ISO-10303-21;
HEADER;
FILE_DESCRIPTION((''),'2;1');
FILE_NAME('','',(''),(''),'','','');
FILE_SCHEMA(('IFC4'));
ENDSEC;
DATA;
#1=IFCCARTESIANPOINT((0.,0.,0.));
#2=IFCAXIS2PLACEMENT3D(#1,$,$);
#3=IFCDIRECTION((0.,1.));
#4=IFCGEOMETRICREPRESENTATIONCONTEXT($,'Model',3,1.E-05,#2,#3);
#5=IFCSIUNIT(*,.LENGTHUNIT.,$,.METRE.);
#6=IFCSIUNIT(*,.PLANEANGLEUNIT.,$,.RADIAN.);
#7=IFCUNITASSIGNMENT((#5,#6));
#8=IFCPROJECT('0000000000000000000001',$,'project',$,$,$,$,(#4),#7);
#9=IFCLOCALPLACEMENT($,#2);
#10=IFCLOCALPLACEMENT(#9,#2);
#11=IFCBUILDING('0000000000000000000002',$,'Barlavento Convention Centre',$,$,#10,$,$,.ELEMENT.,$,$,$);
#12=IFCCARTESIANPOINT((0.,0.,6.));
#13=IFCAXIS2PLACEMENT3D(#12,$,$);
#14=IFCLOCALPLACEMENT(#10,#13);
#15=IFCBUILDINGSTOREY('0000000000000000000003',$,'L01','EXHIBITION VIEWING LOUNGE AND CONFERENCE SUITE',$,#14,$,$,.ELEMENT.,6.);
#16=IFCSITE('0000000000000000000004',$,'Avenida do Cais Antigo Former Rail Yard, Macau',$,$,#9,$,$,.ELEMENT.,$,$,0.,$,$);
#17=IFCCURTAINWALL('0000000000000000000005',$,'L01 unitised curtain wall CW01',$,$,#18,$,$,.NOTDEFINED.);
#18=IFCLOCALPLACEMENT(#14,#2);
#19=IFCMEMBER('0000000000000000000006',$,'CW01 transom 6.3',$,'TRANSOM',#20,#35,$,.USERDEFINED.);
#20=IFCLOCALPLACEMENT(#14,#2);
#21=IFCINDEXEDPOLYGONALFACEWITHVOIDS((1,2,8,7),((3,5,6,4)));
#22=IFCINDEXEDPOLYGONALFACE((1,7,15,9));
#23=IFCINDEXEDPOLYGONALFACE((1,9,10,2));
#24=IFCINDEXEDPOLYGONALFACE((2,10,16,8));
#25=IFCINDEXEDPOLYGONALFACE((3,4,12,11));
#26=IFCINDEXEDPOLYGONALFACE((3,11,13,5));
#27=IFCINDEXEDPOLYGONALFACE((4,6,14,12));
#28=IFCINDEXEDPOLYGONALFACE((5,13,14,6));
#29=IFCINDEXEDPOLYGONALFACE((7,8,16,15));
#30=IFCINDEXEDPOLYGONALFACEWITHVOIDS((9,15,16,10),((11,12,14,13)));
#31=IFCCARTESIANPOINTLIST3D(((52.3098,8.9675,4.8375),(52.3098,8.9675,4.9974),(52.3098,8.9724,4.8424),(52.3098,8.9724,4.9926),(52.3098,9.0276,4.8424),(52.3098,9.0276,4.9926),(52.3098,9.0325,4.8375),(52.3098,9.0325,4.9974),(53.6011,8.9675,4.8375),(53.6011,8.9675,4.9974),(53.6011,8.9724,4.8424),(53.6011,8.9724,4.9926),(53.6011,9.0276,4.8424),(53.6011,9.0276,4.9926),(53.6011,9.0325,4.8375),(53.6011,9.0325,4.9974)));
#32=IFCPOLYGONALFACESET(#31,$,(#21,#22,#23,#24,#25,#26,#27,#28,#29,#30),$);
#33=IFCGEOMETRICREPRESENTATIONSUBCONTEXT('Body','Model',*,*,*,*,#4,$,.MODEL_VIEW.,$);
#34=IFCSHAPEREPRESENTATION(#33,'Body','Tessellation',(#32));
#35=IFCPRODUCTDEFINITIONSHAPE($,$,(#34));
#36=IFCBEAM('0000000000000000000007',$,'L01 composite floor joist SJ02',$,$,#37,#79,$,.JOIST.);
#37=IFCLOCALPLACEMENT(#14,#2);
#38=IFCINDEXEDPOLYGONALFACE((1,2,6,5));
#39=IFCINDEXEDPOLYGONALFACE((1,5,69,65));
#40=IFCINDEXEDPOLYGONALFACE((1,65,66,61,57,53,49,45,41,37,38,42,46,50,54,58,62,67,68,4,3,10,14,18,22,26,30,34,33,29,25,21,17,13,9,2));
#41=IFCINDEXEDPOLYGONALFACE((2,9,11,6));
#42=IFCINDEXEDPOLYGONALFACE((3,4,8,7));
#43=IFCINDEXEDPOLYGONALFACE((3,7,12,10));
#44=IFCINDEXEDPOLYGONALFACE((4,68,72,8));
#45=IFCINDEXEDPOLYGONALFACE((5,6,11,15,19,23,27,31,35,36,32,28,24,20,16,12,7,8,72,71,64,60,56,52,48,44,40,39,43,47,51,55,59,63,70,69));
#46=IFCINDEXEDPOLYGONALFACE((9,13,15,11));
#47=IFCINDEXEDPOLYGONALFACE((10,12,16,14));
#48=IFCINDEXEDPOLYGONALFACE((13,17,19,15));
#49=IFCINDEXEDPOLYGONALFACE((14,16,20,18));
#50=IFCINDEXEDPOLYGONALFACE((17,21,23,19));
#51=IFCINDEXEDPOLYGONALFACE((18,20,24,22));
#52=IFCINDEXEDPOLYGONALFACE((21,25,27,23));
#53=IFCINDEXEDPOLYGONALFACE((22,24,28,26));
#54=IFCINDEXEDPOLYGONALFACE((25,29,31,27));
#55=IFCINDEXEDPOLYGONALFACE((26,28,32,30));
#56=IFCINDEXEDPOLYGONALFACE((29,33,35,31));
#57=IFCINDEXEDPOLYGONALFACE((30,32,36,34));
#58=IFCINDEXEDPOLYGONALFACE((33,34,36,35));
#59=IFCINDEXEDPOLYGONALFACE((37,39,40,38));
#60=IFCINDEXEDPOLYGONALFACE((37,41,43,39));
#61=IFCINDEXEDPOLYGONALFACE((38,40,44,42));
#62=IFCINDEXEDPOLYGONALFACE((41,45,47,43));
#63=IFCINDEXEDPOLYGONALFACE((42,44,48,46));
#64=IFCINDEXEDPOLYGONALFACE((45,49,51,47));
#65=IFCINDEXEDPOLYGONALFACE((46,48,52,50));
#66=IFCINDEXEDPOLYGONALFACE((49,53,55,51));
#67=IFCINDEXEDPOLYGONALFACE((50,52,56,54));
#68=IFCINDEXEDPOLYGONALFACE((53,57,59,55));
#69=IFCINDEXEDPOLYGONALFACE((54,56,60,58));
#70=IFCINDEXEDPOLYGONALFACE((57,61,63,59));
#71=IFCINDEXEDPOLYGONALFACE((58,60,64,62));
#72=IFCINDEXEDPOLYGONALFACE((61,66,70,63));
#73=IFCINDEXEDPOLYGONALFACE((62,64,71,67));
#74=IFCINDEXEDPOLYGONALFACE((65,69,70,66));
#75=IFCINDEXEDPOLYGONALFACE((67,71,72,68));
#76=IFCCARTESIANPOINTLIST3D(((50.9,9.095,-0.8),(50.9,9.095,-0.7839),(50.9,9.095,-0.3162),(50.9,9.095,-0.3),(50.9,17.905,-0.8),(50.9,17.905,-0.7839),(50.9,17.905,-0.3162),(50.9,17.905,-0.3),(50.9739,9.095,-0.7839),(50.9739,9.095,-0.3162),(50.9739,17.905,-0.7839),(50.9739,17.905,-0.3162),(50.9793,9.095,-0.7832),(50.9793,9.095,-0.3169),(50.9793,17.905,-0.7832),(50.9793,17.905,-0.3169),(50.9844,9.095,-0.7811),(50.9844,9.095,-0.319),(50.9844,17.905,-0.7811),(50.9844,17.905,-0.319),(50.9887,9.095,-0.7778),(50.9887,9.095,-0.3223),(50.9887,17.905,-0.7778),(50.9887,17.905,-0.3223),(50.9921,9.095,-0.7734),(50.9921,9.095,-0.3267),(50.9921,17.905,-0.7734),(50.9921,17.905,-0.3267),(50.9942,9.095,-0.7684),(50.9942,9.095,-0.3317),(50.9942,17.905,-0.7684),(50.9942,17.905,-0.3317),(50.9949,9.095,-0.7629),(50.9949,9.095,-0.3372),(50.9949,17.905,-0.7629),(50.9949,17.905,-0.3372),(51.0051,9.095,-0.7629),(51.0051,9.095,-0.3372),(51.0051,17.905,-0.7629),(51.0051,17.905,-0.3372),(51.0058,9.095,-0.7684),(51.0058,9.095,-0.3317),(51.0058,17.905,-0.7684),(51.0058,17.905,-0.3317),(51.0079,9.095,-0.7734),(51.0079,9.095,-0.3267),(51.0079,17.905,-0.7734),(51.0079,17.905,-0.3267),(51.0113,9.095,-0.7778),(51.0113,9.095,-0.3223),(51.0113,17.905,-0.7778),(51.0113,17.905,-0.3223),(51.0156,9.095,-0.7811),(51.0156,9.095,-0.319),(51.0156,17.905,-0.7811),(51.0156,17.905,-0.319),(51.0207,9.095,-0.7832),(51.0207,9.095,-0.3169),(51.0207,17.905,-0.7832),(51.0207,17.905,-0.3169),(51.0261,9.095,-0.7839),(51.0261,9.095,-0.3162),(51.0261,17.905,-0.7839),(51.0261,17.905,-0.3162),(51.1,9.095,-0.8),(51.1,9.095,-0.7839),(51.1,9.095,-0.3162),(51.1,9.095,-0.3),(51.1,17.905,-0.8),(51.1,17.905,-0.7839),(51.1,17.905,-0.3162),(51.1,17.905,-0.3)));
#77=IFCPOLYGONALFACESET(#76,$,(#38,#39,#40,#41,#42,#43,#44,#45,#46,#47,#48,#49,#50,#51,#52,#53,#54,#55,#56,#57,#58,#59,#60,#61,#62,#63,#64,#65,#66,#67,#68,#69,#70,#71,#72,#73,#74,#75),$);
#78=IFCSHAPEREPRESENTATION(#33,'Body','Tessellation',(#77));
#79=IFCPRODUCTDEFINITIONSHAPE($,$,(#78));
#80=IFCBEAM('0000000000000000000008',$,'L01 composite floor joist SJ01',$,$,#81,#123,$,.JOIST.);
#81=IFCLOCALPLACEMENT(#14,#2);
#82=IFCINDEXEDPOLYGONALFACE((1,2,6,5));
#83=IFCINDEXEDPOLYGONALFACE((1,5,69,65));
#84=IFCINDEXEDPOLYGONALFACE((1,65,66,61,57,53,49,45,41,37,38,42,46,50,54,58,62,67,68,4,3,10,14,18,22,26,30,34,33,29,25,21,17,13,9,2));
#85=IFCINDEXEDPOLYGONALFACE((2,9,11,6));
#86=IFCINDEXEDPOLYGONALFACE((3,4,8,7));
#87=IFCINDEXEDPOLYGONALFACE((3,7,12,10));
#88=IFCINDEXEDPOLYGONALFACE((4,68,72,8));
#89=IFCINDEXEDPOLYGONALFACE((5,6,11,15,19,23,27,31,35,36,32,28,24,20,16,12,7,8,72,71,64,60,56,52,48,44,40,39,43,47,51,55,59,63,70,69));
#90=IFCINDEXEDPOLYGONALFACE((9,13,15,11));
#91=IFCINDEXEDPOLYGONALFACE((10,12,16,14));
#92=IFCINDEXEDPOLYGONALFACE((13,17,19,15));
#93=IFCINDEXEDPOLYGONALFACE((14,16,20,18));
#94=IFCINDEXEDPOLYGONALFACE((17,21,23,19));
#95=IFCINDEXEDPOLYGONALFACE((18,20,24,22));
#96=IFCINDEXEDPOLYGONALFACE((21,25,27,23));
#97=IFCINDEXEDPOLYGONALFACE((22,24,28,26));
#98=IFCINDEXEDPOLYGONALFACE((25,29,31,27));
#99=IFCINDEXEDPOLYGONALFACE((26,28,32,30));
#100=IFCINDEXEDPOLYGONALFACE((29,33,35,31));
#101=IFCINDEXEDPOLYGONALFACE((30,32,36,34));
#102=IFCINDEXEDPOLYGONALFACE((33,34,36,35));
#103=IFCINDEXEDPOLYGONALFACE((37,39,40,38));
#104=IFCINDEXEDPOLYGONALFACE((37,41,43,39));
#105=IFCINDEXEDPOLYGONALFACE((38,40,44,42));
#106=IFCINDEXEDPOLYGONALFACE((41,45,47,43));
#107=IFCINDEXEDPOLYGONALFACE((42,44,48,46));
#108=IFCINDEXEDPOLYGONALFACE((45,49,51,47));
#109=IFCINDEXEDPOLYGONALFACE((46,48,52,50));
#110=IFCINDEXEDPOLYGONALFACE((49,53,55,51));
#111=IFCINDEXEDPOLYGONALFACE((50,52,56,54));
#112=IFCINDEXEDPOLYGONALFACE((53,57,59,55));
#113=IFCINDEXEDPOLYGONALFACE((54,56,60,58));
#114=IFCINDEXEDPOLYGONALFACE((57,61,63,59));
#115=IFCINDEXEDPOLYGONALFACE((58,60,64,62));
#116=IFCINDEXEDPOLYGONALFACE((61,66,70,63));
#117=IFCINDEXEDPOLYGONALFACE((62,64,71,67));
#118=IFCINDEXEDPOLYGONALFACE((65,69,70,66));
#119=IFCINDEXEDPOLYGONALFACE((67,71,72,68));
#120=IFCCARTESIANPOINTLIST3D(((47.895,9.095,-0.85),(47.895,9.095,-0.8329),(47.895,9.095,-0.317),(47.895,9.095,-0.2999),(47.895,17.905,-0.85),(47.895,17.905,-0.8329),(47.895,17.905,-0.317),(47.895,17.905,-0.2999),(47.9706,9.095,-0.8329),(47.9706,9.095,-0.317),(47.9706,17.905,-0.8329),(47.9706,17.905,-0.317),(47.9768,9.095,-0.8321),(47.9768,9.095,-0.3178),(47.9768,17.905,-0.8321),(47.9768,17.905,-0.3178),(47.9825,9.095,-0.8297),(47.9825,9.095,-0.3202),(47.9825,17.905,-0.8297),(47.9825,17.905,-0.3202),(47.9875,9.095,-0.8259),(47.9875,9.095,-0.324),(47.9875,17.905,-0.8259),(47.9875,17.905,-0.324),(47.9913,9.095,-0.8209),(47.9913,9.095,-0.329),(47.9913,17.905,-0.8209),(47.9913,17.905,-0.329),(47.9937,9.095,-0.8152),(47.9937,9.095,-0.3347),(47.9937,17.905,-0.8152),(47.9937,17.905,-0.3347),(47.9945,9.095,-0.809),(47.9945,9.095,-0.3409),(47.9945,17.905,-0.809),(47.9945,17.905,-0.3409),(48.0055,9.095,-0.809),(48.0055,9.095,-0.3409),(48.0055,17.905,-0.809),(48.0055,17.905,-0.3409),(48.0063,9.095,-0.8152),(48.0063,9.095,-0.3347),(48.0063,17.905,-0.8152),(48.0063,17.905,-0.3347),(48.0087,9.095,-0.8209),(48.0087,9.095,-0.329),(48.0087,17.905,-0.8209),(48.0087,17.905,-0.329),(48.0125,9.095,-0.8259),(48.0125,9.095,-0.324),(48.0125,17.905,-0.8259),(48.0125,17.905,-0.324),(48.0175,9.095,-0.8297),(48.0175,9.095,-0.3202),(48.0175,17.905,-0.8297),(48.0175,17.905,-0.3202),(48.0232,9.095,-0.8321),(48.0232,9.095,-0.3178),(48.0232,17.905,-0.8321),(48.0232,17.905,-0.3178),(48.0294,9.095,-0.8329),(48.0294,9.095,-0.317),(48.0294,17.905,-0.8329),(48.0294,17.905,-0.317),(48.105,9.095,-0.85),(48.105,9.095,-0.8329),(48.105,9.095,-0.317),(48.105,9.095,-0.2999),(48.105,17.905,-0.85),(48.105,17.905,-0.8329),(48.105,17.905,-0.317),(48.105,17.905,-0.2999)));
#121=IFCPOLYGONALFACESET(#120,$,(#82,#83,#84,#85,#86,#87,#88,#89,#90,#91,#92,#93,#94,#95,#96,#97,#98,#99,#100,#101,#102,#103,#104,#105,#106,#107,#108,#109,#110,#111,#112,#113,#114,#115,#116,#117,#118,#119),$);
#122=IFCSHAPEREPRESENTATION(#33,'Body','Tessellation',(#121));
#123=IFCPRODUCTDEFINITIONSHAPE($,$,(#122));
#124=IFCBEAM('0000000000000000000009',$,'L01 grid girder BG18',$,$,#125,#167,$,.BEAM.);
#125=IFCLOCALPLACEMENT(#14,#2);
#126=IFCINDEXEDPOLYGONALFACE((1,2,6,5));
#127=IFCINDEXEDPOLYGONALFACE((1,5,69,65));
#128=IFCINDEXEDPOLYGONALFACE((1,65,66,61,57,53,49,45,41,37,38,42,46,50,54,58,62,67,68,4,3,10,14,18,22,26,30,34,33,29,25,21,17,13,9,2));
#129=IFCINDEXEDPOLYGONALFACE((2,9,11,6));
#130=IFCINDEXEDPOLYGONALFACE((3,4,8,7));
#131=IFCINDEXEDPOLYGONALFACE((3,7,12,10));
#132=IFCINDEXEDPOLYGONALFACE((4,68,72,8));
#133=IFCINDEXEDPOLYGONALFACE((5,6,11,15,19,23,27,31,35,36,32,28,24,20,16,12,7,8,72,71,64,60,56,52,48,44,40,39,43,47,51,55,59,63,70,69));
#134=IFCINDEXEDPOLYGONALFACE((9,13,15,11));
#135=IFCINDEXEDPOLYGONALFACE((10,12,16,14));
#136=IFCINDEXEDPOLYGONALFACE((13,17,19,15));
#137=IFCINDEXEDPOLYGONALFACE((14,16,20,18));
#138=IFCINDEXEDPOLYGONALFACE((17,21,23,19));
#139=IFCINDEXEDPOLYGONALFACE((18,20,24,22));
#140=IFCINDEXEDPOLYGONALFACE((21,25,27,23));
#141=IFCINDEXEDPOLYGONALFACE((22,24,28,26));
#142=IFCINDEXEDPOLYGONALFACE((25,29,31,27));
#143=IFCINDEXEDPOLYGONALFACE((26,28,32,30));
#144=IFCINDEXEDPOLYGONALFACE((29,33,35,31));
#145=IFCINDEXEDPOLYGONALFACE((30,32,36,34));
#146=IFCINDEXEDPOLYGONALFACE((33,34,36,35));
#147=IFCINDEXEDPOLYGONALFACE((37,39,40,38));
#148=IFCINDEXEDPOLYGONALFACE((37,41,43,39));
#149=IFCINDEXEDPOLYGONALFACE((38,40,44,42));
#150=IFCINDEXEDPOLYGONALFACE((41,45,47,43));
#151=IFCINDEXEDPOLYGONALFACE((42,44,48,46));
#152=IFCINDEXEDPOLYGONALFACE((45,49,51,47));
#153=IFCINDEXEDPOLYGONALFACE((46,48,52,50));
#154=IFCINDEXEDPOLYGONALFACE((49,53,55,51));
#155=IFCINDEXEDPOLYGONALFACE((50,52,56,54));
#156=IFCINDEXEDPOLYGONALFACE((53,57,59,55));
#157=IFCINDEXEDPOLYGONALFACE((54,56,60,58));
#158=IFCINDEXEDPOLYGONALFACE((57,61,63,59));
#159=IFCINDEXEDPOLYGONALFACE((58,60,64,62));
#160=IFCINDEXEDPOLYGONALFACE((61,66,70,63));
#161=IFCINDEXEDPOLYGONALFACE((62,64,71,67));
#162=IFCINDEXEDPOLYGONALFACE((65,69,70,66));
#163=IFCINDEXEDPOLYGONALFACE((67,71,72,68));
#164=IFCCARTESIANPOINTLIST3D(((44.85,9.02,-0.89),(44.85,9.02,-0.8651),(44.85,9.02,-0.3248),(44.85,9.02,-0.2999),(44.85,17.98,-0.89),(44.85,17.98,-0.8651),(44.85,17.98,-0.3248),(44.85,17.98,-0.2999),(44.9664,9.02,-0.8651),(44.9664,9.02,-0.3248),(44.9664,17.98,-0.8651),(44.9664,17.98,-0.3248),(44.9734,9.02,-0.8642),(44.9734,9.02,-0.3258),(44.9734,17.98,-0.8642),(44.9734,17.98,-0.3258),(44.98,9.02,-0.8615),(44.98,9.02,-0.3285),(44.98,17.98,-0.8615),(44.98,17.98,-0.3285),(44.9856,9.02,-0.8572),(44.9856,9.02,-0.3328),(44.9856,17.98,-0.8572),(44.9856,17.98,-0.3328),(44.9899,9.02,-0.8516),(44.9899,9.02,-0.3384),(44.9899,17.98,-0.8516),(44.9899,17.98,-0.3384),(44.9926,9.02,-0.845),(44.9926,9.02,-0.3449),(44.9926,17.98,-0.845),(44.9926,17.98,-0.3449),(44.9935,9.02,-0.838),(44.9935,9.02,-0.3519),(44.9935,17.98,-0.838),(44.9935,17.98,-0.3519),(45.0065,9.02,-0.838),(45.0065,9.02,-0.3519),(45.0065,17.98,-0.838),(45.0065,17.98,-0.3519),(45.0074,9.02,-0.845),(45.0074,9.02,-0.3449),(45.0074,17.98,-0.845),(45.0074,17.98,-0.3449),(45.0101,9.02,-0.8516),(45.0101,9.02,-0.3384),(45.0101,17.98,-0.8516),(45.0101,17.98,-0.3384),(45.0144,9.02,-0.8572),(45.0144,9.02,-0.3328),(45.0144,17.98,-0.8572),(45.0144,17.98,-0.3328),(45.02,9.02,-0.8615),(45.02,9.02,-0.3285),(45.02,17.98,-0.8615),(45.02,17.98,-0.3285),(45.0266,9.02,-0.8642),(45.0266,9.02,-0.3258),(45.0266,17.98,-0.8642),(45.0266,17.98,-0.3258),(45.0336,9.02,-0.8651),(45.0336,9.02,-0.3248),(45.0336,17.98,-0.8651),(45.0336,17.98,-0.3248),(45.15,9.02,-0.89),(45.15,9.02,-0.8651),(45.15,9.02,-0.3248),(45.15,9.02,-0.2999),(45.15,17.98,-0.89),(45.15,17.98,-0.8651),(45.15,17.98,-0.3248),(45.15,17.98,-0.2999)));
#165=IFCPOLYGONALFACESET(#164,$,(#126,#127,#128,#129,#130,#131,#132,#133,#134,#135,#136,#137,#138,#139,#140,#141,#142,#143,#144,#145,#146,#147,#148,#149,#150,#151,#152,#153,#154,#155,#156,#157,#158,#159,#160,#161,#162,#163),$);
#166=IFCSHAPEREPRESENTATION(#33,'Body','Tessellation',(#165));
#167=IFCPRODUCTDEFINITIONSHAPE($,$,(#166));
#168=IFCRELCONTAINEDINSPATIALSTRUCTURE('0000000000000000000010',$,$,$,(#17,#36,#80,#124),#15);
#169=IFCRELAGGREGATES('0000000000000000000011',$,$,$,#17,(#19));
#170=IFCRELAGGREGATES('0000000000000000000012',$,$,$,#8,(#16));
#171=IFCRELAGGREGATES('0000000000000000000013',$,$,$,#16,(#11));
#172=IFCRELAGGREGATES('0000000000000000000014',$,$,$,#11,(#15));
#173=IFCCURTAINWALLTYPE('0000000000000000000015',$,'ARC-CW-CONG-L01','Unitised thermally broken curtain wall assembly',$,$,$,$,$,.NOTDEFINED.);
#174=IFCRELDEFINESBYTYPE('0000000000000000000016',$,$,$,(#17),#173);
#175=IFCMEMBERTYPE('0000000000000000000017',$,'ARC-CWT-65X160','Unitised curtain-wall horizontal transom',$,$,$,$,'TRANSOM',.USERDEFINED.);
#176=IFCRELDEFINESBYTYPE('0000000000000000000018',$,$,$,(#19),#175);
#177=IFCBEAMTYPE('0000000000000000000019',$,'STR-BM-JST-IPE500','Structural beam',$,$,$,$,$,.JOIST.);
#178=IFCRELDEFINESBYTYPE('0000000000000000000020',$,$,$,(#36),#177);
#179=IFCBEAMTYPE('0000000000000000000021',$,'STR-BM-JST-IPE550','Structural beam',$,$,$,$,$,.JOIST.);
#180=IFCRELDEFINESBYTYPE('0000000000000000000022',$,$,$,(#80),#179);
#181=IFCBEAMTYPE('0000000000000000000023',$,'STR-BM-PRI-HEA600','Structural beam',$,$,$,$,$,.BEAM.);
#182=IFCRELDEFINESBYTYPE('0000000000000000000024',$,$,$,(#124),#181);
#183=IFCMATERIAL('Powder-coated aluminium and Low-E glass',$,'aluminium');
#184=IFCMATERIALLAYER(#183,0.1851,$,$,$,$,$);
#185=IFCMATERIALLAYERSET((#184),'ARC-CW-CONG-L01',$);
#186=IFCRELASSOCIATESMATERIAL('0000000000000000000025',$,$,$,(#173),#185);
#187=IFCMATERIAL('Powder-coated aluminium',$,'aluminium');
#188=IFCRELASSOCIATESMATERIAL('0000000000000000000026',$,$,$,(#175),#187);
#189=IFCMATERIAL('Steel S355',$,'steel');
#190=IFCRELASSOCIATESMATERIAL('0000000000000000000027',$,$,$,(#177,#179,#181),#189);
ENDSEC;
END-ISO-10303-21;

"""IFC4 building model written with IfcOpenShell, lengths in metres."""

from ifc_helpers import new_model, si_unit, direction, frame, origin, origin_2d, place, context, subcontext, project, spatial, hollow_rectangle, i_section, extrude, material, layer, layer_set, material_profile, profile_set, type_object, element, aggregate, save


model = new_model("IFC4")

# Units and contexts
model_context = context("Model", 3, precision=1e-05, world=origin(), true_north=direction((0.0, 1.0)))
body_context = subcontext(model_context, "Body", "Model", "MODEL_VIEW")
ifc_project = project(units=[si_unit("LENGTHUNIT", "METRE"), si_unit("PLANEANGLEUNIT", "RADIAN")], contexts=[model_context])

# Site, building, storey
site_placement = place(None, origin())
site = spatial("IfcSite", under=ifc_project, at=site_placement, Name="Avenida do Cais Antigo Former Rail Yard, Macau", CompositionType="ELEMENT", RefElevation=0.0)
building_placement = place(site_placement, origin())
building = spatial("IfcBuilding", under=site, at=building_placement, Name="Barlavento Convention Centre", CompositionType="ELEMENT")
storey_placement = place(building_placement, frame((0.0, 0.0, 6.0)))
storey = spatial("IfcBuildingStorey", under=building, at=storey_placement, Name="L01", Description="EXHIBITION VIEWING LOUNGE AND CONFERENCE SUITE", CompositionType="ELEMENT", Elevation=6.0)

# Shared definitions
ifc_material_1 = material(Name="Steel S355", Category="steel")

# Curtain wall, member
ifc_material_2 = material(Name="Powder-coated aluminium and Low-E glass", Category="aluminium")
ifc_layer_1 = layer(ifc_material_2, 0.1851)
ifc_layer_set_1 = layer_set([ifc_layer_1], Name="ARC-CW-CONG-L01")
curtain_wall_type = type_object("IfcCurtainWallType", Name="ARC-CW-CONG-L01", Description="Unitised thermally broken curtain wall assembly", PredefinedType="NOTDEFINED", material=ifc_layer_set_1)
curtain_wall_placement = place(storey_placement, origin())
curtain_wall = element("IfcCurtainWall", 1, at=curtain_wall_placement, inside=storey, type_object=curtain_wall_type, Name="L01 unitised curtain wall CW01", PredefinedType="NOTDEFINED")
ifc_material_3 = material(Name="Powder-coated aluminium", Category="aluminium")
ifc_material_profile_1 = material_profile(ifc_material_3, hollow_rectangle(XDim=0.0649, YDim=0.1599, WallThickness=0.0049, at=origin_2d()), Name="AL-TRAN 65x160x5")
ifc_profile_set_1 = profile_set([ifc_material_profile_1], Name="Powder-coated aluminium")
member_type_1 = type_object("IfcMemberType", Name="ARC-CWT-65X160", Description="Unitised curtain-wall horizontal transom", ElementType="TRANSOM", PredefinedType="USERDEFINED", material=ifc_profile_set_1)
member_1_placement = place(storey_placement, frame((52.3098, 9.0, 4.9175), z_axis=(1.0, 0.0, 0.0), x_axis=(0.0, 1.0, 0.0)))
member_1 = element("IfcMember", 2, at=member_1_placement, type_object=member_type_1, Name="CW01 transom 6.3", ObjectType="TRANSOM", PredefinedType="USERDEFINED", context=body_context, shape_type="SweptSolid", body=[
    extrude(hollow_rectangle(XDim=0.0649, YDim=0.1599, WallThickness=0.0049, at=origin_2d()), origin(), (0.0, 0.0, 1.0), 1.2913),
])

# Beams
ifc_material_profile_2 = material_profile(ifc_material_1, i_section(OverallWidth=0.2, OverallDepth=0.5, WebThickness=0.0103, FlangeThickness=0.0161, FilletRadius=0.021, at=origin_2d()), Name="IPE 500")
ifc_profile_set_2 = profile_set([ifc_material_profile_2], Name="Steel S355")
beam_type_1 = type_object("IfcBeamType", Name="STR-BM-JST-IPE500", Description="Structural beam", PredefinedType="JOIST", material=ifc_profile_set_2)
beam_1_placement = place(storey_placement, frame((51.0, 9.095, -0.55), z_axis=(0.0, 1.0, 0.0), x_axis=(-1.0, 0.0, 0.0)))
element("IfcBeam", 3, at=beam_1_placement, inside=storey, type_object=beam_type_1, Name="L01 composite floor joist SJ02", PredefinedType="JOIST", context=body_context, shape_type="SweptSolid", body=[
    extrude(i_section(OverallWidth=0.2, OverallDepth=0.5, WebThickness=0.0103, FlangeThickness=0.0161, FilletRadius=0.021, at=origin_2d()), origin(), (0.0, 0.0, 1.0), 8.8101),
])
ifc_material_profile_3 = material_profile(ifc_material_1, i_section(OverallWidth=0.21, OverallDepth=0.55, WebThickness=0.011, FlangeThickness=0.0171, FilletRadius=0.0239, at=origin_2d()), Name="IPE 550")
ifc_profile_set_3 = profile_set([ifc_material_profile_3], Name="Steel S355")
beam_type_2 = type_object("IfcBeamType", Name="STR-BM-JST-IPE550", Description="Structural beam", PredefinedType="JOIST", material=ifc_profile_set_3)
beam_2_placement = place(storey_placement, frame((48.0, 9.095, -0.575), z_axis=(0.0, 1.0, 0.0), x_axis=(-1.0, 0.0, 0.0)))
element("IfcBeam", 4, at=beam_2_placement, inside=storey, type_object=beam_type_2, Name="L01 composite floor joist SJ01", PredefinedType="JOIST", context=body_context, shape_type="SweptSolid", body=[
    extrude(i_section(OverallWidth=0.21, OverallDepth=0.55, WebThickness=0.011, FlangeThickness=0.0171, FilletRadius=0.0239, at=origin_2d()), origin(), (0.0, 0.0, 1.0), 8.8101),
])
ifc_material_profile_4 = material_profile(ifc_material_1, i_section(OverallWidth=0.3, OverallDepth=0.5901, WebThickness=0.0129, FlangeThickness=0.0249, FilletRadius=0.0271, at=origin_2d()), Name="HEA 600")
ifc_profile_set_4 = profile_set([ifc_material_profile_4], Name="Steel S355")
beam_type_3 = type_object("IfcBeamType", Name="STR-BM-PRI-HEA600", Description="Structural beam", PredefinedType="BEAM", material=ifc_profile_set_4)
beam_3_placement = place(storey_placement, frame((45.0, 9.02, -0.595), z_axis=(0.0, 1.0, 0.0), x_axis=(-1.0, 0.0, 0.0)))
element("IfcBeam", 5, at=beam_3_placement, inside=storey, type_object=beam_type_3, Name="L01 grid girder BG18", PredefinedType="BEAM", context=body_context, shape_type="SweptSolid", body=[
    extrude(i_section(OverallWidth=0.3, OverallDepth=0.5901, WebThickness=0.0129, FlangeThickness=0.0249, FilletRadius=0.0271, at=origin_2d()), origin(), (0.0, 0.0, 1.0), 8.96),
])

aggregate(curtain_wall, [member_1])

save(model, "model.ifc")
